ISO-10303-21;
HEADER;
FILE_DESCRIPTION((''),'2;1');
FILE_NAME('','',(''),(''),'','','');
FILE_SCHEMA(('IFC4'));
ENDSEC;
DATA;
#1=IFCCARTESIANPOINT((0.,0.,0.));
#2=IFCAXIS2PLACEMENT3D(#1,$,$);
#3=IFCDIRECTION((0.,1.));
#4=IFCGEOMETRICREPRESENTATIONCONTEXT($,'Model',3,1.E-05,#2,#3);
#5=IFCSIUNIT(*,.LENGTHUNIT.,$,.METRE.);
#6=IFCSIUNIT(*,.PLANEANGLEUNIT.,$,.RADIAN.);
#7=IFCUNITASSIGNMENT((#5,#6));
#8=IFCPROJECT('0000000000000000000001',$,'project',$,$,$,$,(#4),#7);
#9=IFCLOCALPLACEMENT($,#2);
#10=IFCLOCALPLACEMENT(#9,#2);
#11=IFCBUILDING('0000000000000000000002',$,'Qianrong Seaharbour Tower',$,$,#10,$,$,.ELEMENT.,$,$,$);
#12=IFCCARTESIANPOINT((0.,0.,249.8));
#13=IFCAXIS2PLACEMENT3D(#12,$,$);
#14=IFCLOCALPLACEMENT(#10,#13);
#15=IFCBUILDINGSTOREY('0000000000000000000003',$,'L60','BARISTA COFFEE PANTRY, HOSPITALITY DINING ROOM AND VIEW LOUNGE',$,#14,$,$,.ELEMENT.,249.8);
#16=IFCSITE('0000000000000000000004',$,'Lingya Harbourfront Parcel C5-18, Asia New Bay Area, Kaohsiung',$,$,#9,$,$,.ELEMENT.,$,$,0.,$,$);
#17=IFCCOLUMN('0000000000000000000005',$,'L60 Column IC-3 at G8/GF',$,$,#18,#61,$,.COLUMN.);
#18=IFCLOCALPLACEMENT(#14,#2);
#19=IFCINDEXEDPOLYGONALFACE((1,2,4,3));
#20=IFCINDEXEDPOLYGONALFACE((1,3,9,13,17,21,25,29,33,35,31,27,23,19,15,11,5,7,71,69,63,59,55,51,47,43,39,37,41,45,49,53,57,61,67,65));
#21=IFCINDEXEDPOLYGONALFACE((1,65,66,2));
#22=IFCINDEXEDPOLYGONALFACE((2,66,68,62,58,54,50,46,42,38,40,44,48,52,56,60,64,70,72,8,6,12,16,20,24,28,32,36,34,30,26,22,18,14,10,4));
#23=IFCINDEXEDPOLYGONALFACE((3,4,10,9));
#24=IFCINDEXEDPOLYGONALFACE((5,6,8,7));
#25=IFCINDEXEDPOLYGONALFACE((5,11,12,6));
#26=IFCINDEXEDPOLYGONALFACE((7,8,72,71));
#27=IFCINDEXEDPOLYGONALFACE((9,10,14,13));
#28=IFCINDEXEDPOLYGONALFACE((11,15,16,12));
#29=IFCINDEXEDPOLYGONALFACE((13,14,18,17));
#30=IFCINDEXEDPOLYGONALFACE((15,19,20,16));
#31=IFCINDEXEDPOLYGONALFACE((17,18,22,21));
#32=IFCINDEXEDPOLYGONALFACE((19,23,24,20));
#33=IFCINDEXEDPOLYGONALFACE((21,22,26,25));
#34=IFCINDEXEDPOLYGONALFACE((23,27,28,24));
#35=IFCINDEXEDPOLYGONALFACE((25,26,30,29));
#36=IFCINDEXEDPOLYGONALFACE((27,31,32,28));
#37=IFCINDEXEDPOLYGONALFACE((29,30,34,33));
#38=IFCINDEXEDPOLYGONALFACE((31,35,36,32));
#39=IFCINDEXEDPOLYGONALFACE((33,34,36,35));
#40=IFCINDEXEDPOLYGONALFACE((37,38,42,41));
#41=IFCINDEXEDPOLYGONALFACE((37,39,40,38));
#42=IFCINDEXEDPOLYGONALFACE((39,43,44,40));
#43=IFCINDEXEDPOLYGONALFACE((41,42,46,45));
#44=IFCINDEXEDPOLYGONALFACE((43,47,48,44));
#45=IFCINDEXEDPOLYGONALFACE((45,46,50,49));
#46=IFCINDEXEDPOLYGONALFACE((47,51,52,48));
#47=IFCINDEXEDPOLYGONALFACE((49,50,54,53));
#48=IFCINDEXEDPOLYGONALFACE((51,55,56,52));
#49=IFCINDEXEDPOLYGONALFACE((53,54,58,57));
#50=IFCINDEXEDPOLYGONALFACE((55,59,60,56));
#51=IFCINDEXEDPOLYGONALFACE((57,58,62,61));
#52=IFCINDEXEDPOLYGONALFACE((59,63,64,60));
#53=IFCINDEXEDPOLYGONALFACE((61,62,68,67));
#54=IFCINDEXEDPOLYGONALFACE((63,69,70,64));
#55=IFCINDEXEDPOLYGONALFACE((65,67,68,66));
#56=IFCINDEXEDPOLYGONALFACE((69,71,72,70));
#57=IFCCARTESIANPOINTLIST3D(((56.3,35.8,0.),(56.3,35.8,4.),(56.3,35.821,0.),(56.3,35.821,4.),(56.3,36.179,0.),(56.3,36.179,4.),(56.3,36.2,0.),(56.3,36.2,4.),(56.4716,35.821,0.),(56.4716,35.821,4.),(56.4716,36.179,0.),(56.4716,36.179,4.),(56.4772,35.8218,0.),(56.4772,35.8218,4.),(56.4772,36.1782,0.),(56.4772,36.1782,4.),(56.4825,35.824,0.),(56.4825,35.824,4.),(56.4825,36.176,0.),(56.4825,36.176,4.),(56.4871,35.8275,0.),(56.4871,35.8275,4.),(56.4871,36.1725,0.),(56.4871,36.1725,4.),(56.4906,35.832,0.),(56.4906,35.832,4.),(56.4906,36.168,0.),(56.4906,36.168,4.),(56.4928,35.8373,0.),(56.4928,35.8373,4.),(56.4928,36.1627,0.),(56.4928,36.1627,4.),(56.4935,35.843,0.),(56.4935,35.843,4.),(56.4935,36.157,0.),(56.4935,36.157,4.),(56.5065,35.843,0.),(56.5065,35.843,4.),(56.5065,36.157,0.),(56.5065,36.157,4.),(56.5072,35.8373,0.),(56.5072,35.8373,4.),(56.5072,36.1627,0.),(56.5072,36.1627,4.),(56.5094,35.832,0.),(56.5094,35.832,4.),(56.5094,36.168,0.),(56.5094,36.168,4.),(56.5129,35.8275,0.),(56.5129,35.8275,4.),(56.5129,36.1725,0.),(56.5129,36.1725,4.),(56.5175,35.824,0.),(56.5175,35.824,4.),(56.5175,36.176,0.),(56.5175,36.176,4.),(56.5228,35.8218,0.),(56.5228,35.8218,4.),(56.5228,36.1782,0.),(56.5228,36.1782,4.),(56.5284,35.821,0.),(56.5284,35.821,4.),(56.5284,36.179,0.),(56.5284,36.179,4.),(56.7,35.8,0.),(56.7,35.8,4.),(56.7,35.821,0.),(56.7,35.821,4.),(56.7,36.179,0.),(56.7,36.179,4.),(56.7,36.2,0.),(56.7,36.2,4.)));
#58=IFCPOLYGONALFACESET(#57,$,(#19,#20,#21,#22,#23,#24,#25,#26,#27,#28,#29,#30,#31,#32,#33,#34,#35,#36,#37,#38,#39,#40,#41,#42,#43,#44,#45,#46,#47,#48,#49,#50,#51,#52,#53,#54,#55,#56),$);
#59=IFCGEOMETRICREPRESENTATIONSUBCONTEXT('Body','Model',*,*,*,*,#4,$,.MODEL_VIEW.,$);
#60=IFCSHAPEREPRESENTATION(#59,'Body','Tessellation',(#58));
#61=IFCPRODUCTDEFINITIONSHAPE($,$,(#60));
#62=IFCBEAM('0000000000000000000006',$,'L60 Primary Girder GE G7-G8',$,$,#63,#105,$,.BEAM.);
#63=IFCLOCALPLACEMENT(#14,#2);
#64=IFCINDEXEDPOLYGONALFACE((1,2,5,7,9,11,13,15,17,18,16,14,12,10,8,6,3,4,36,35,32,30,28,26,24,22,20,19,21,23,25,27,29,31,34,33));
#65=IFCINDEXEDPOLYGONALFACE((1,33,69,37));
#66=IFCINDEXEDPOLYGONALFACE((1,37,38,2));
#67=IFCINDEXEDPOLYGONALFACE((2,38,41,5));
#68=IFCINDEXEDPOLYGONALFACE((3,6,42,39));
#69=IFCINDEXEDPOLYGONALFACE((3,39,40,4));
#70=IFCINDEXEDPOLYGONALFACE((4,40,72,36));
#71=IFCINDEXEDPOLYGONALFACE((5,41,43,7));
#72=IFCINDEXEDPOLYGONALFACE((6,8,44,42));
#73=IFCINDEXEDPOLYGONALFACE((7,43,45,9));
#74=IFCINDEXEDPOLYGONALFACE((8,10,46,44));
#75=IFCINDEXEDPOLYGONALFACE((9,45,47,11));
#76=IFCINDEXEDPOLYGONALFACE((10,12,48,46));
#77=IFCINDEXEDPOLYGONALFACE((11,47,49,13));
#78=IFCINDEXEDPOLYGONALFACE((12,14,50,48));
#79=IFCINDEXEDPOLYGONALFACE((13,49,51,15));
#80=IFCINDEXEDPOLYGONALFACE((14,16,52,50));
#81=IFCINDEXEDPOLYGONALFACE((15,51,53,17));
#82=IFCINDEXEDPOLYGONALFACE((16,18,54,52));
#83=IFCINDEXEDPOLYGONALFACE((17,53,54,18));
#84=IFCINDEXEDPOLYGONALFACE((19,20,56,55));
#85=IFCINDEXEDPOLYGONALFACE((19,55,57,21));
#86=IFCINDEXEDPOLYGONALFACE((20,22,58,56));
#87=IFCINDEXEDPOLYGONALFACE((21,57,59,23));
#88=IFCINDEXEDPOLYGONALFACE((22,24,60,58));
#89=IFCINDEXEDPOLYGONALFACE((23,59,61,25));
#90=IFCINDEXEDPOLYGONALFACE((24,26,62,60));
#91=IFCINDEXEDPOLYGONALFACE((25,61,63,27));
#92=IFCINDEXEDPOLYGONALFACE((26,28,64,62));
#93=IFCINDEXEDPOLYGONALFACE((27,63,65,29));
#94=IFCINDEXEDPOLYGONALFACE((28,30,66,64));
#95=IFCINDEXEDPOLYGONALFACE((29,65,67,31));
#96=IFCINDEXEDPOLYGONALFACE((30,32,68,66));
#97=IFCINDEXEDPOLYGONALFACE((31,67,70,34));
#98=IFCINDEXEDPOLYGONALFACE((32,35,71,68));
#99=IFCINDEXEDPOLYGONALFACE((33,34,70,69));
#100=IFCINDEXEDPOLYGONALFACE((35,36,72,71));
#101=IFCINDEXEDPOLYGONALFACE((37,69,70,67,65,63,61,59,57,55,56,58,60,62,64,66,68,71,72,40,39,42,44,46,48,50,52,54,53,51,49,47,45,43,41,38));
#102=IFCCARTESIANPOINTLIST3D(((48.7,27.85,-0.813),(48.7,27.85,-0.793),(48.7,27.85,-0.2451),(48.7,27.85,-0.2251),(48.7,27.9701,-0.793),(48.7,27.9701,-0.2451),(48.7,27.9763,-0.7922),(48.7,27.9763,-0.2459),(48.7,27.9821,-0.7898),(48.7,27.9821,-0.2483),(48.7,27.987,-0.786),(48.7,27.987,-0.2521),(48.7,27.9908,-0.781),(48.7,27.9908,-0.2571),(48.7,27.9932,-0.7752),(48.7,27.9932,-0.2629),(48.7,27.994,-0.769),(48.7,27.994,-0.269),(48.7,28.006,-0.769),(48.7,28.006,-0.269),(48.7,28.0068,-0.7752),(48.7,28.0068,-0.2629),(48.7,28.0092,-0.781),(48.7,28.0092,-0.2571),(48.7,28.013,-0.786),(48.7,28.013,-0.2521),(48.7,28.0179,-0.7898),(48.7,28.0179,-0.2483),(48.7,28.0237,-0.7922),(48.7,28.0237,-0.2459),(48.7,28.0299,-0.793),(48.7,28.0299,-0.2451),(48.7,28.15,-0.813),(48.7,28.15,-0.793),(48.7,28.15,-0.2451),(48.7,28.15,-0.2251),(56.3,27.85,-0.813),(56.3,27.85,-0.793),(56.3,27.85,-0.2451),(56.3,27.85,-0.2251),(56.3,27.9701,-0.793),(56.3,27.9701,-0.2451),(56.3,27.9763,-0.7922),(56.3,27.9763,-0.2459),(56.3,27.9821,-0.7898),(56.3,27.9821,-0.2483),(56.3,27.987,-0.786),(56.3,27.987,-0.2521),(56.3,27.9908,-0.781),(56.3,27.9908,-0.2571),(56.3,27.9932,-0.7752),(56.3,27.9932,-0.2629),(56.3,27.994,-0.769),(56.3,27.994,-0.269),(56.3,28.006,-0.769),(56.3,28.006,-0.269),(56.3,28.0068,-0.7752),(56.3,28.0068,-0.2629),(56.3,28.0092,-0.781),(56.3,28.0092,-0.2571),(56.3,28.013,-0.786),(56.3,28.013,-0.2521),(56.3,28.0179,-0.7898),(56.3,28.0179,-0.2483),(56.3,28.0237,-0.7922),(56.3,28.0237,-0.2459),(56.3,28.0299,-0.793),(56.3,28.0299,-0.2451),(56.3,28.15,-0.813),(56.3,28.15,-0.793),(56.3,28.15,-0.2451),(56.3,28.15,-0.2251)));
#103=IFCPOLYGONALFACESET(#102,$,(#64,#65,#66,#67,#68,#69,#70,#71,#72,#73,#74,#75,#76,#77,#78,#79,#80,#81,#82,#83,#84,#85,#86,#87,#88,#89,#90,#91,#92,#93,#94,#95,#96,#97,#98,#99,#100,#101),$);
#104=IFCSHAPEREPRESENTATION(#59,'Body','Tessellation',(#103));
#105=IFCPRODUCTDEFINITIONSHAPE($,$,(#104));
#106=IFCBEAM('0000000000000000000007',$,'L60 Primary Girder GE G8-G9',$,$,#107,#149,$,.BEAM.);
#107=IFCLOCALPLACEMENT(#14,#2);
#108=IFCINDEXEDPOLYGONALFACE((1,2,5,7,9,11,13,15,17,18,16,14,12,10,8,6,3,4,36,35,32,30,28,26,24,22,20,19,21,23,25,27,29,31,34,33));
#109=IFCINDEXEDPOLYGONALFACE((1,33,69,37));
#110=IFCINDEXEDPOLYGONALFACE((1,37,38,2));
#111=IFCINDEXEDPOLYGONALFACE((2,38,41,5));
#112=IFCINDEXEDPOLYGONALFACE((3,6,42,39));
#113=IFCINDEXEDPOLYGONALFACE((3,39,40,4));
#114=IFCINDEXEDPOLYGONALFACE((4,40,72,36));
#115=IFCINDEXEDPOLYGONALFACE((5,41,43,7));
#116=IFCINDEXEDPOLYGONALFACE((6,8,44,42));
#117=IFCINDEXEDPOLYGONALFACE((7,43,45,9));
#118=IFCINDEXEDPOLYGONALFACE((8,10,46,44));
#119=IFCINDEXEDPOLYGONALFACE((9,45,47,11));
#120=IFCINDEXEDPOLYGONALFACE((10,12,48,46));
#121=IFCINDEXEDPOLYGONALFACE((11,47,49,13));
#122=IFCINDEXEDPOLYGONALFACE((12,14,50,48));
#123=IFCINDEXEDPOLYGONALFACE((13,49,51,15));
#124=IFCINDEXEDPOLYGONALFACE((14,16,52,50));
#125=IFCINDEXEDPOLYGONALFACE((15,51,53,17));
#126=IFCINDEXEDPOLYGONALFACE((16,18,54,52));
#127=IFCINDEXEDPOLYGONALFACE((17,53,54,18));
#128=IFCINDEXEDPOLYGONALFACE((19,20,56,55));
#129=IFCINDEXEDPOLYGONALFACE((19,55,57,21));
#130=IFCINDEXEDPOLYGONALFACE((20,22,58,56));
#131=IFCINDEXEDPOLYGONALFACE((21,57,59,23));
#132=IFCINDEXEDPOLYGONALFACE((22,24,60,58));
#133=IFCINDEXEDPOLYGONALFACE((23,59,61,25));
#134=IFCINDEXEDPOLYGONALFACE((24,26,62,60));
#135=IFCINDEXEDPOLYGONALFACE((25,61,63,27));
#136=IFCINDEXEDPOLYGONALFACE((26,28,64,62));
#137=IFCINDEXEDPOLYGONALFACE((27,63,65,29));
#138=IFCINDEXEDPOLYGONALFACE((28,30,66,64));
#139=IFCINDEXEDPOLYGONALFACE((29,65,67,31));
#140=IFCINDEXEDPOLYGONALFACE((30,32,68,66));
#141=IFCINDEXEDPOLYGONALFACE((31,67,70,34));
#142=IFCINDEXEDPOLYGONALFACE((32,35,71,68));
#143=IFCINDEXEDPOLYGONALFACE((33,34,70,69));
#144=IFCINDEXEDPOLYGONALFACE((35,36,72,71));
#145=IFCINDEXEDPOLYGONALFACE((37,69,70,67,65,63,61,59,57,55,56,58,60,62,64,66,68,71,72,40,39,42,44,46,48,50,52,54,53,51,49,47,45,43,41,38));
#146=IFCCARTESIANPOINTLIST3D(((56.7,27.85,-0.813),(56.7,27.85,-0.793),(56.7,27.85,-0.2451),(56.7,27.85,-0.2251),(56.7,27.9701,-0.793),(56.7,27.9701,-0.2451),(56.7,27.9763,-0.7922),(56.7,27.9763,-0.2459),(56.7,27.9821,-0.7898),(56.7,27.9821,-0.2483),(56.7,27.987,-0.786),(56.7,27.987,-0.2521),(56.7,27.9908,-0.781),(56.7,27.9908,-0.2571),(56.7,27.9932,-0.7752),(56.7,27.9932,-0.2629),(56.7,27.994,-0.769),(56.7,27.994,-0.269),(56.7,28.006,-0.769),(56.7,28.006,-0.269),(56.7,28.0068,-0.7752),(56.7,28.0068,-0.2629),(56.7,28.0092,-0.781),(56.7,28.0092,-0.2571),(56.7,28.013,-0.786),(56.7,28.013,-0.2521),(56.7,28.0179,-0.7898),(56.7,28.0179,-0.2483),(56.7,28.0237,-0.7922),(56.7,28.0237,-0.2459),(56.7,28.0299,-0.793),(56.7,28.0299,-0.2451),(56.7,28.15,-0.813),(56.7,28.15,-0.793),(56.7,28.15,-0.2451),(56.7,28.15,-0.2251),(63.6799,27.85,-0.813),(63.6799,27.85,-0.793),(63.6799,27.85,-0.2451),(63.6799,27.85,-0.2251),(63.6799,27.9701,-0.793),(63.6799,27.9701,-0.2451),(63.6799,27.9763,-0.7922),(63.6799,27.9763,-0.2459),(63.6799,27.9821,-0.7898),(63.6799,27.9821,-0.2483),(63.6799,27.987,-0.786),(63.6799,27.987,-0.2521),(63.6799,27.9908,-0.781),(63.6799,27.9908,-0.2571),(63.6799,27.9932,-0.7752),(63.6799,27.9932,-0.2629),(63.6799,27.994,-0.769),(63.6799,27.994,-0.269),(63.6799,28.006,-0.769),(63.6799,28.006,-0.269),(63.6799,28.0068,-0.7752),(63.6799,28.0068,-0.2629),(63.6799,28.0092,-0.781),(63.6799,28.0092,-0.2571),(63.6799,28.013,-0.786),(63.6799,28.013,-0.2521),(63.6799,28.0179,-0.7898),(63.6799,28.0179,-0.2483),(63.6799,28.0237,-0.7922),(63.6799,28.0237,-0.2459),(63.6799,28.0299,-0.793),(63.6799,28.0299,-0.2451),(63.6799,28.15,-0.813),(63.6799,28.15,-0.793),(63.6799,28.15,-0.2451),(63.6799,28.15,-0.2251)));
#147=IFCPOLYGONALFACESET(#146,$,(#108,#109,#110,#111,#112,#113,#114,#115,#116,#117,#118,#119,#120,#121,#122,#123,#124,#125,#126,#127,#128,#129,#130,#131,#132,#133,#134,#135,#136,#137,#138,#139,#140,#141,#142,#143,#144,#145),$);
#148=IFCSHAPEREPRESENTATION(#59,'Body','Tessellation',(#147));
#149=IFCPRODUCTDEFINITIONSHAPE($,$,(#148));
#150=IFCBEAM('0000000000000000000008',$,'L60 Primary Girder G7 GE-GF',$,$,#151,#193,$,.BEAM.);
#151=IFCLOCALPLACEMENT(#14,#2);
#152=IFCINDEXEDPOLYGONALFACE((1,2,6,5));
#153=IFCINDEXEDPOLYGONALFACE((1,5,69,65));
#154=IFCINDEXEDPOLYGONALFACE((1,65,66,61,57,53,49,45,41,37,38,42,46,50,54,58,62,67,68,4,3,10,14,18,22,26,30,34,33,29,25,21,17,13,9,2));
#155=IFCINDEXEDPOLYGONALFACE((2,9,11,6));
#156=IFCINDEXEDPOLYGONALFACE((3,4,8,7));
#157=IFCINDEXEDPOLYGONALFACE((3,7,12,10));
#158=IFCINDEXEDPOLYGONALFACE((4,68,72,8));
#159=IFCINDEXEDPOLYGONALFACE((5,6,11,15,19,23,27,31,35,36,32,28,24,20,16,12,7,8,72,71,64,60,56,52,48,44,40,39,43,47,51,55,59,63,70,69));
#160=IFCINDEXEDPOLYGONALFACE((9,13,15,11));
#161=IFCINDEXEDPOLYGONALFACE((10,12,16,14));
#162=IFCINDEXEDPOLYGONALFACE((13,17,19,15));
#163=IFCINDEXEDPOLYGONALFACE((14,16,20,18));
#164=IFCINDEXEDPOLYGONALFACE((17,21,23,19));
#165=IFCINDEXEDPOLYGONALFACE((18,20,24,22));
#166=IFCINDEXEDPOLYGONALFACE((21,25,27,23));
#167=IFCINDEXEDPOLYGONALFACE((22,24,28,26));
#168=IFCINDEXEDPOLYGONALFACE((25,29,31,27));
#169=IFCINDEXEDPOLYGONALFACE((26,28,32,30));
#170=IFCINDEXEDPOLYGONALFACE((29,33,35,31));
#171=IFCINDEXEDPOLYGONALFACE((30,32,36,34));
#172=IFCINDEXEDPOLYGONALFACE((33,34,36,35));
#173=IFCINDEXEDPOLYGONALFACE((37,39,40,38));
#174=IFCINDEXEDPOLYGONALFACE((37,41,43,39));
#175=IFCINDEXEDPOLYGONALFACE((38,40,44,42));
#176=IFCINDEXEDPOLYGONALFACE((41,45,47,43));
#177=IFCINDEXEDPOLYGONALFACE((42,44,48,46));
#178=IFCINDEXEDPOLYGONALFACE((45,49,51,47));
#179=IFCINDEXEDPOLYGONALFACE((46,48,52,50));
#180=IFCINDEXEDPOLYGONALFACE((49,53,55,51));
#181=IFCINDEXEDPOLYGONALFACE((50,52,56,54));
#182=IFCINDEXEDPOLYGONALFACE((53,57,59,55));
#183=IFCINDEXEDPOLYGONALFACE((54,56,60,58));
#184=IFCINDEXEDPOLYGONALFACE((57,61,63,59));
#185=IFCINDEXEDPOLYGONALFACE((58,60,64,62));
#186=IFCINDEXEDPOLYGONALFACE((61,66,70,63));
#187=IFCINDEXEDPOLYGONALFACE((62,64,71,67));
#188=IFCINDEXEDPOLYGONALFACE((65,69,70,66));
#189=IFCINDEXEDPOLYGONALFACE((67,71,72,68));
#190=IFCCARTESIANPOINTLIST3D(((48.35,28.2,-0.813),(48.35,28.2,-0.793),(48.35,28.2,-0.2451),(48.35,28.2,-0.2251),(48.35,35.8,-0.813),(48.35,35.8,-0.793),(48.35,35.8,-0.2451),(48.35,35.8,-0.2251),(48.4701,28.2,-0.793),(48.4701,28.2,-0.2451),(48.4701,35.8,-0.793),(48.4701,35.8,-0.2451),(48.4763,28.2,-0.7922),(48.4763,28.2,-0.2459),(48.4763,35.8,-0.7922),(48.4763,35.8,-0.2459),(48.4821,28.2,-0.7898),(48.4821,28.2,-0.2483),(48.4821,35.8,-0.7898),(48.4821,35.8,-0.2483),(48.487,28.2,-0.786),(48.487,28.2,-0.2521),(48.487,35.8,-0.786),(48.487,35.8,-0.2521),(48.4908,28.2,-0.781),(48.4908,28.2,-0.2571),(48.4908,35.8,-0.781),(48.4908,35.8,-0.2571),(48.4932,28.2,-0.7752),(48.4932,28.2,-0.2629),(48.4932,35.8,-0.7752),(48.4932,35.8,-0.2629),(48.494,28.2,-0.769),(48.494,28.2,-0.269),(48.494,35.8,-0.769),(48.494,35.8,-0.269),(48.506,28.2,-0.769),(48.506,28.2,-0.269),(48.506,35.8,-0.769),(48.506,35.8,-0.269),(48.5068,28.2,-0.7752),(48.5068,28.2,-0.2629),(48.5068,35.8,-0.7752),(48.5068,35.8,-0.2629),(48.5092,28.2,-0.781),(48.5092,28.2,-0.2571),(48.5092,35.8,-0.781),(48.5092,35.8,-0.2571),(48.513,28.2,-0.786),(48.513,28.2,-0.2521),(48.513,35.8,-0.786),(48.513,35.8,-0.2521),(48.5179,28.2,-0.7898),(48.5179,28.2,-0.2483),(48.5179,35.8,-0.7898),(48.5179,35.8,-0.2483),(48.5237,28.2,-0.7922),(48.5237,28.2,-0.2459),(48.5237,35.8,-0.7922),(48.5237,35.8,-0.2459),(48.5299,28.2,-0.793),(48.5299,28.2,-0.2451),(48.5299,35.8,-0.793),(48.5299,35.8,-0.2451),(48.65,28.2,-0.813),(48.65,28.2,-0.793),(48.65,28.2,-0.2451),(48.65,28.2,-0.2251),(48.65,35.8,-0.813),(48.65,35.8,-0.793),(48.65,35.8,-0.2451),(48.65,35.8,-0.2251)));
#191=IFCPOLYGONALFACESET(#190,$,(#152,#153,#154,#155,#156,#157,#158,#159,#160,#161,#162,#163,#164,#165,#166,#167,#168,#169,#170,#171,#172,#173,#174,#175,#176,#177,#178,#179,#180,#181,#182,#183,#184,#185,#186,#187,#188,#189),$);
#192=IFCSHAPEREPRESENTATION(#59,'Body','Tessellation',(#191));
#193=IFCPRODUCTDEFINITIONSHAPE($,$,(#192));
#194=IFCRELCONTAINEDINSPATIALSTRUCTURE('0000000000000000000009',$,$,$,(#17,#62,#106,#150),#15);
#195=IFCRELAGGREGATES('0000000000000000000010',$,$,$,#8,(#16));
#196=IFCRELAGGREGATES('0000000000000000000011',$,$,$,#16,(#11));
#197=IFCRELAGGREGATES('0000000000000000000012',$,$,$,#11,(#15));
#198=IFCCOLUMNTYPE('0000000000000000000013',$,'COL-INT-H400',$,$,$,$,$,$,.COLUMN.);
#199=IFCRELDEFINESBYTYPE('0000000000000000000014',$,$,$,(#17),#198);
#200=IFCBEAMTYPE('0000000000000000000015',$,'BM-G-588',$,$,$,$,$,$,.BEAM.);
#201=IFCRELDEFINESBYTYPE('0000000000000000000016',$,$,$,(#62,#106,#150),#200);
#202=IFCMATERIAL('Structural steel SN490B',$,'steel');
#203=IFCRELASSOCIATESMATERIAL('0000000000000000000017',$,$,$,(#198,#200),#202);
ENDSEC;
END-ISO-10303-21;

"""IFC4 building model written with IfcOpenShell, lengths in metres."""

from ifc_helpers import new_model, si_unit, direction, frame, origin, origin_2d, place, context, subcontext, project, spatial, i_section, extrude, material, material_profile, profile_set, type_object, element, save


model = new_model("IFC4")

# Units and contexts
model_context = context("Model", 3, precision=1e-05, world=origin(), true_north=direction((0.0, 1.0)))
body_context = subcontext(model_context, "Body", "Model", "MODEL_VIEW")
ifc_project = project(units=[si_unit("LENGTHUNIT", "METRE"), si_unit("PLANEANGLEUNIT", "RADIAN")], contexts=[model_context])

# Site, building, storey
site_placement = place(None, origin())
site = spatial("IfcSite", under=ifc_project, at=site_placement, Name="Lingya Harbourfront Parcel C5-18, Asia New Bay Area, Kaohsiung", CompositionType="ELEMENT", RefElevation=0.0)
building_placement = place(site_placement, origin())
building = spatial("IfcBuilding", under=site, at=building_placement, Name="Qianrong Seaharbour Tower", CompositionType="ELEMENT")
storey_placement = place(building_placement, frame((0.0, 0.0, 249.8)))
storey = spatial("IfcBuildingStorey", under=building, at=storey_placement, Name="L60", Description="BARISTA COFFEE PANTRY, HOSPITALITY DINING ROOM AND VIEW LOUNGE", CompositionType="ELEMENT", Elevation=249.8)

# Column
ifc_material_1 = material(Name="Structural steel SN490B", Category="steel")
ifc_material_profile_1 = material_profile(ifc_material_1, i_section(OverallWidth=0.3999, OverallDepth=0.3999, WebThickness=0.0129, FlangeThickness=0.021, FilletRadius=0.022, at=origin_2d()), Name="H400x400x13x21")
ifc_profile_set_1 = profile_set([ifc_material_profile_1], Name="Structural steel SN490B")
column_type_1 = type_object("IfcColumnType", Name="COL-INT-H400", PredefinedType="COLUMN", material=ifc_profile_set_1)
for number, where, z_axis, x_axis, name in (
    (1, (56.5, 36.0, 0.0), (0.0, 0.0, 1.0), (1.0, 0.0, 0.0), "L60 Column IC-3 at G8/GF"),
):
    element("IfcColumn", number, at=place(storey_placement, frame(where, z_axis=z_axis, x_axis=x_axis)), inside=storey, type_object=column_type_1, Name=name, PredefinedType="COLUMN", context=body_context, shape_type="SweptSolid", body=[
        extrude(i_section(OverallWidth=0.3999, OverallDepth=0.3999, WebThickness=0.0129, FlangeThickness=0.021, FilletRadius=0.022, at=origin_2d()), origin(), (0.0, 0.0, 1.0), 4.0),
    ])

# Beams
ifc_material_profile_2 = material_profile(ifc_material_1, i_section(OverallWidth=0.3, OverallDepth=0.5879, WebThickness=0.012, FlangeThickness=0.02, FilletRadius=0.0239, at=origin_2d()), Name="H588x300x12x20")
ifc_profile_set_2 = profile_set([ifc_material_profile_2], Name="Structural steel SN490B")
beam_type_1 = type_object("IfcBeamType", Name="BM-G-588", PredefinedType="BEAM", material=ifc_profile_set_2)
beam_1_placement = place(storey_placement, frame((48.7, 28.0, -0.519), z_axis=(1.0, 0.0, 0.0), x_axis=(0.0, 1.0, 0.0)))
element("IfcBeam", 2, at=beam_1_placement, inside=storey, type_object=beam_type_1, Name="L60 Primary Girder GE G7-G8", PredefinedType="BEAM", context=body_context, shape_type="SweptSolid", body=[
    extrude(i_section(OverallWidth=0.3, OverallDepth=0.5879, WebThickness=0.012, FlangeThickness=0.02, FilletRadius=0.0239, at=origin_2d()), origin(), (0.0, 0.0, 1.0), 7.6001),
])
beam_2_placement = place(storey_placement, frame((56.7, 28.0, -0.519), z_axis=(1.0, 0.0, 0.0), x_axis=(0.0, 1.0, 0.0)))
element("IfcBeam", 3, at=beam_2_placement, inside=storey, type_object=beam_type_1, Name="L60 Primary Girder GE G8-G9", PredefinedType="BEAM", context=body_context, shape_type="SweptSolid", body=[
    extrude(i_section(OverallWidth=0.3, OverallDepth=0.5879, WebThickness=0.012, FlangeThickness=0.02, FilletRadius=0.0239, at=origin_2d()), origin(), (0.0, 0.0, 1.0), 6.98),
])
for number, where, z_axis, x_axis, name in (
    (4, (48.5, 28.2, -0.519), (0.0, 1.0, 0.0), (-1.0, 0.0, 0.0), "L60 Primary Girder G7 GE-GF"),
):
    element("IfcBeam", number, at=place(storey_placement, frame(where, z_axis=z_axis, x_axis=x_axis)), inside=storey, type_object=beam_type_1, Name=name, PredefinedType="BEAM", context=body_context, shape_type="SweptSolid", body=[
        extrude(i_section(OverallWidth=0.3, OverallDepth=0.5879, WebThickness=0.012, FlangeThickness=0.02, FilletRadius=0.0239, at=origin_2d()), origin(), (0.0, 0.0, 1.0), 7.6001),
    ])

save(model, "model.ifc")
